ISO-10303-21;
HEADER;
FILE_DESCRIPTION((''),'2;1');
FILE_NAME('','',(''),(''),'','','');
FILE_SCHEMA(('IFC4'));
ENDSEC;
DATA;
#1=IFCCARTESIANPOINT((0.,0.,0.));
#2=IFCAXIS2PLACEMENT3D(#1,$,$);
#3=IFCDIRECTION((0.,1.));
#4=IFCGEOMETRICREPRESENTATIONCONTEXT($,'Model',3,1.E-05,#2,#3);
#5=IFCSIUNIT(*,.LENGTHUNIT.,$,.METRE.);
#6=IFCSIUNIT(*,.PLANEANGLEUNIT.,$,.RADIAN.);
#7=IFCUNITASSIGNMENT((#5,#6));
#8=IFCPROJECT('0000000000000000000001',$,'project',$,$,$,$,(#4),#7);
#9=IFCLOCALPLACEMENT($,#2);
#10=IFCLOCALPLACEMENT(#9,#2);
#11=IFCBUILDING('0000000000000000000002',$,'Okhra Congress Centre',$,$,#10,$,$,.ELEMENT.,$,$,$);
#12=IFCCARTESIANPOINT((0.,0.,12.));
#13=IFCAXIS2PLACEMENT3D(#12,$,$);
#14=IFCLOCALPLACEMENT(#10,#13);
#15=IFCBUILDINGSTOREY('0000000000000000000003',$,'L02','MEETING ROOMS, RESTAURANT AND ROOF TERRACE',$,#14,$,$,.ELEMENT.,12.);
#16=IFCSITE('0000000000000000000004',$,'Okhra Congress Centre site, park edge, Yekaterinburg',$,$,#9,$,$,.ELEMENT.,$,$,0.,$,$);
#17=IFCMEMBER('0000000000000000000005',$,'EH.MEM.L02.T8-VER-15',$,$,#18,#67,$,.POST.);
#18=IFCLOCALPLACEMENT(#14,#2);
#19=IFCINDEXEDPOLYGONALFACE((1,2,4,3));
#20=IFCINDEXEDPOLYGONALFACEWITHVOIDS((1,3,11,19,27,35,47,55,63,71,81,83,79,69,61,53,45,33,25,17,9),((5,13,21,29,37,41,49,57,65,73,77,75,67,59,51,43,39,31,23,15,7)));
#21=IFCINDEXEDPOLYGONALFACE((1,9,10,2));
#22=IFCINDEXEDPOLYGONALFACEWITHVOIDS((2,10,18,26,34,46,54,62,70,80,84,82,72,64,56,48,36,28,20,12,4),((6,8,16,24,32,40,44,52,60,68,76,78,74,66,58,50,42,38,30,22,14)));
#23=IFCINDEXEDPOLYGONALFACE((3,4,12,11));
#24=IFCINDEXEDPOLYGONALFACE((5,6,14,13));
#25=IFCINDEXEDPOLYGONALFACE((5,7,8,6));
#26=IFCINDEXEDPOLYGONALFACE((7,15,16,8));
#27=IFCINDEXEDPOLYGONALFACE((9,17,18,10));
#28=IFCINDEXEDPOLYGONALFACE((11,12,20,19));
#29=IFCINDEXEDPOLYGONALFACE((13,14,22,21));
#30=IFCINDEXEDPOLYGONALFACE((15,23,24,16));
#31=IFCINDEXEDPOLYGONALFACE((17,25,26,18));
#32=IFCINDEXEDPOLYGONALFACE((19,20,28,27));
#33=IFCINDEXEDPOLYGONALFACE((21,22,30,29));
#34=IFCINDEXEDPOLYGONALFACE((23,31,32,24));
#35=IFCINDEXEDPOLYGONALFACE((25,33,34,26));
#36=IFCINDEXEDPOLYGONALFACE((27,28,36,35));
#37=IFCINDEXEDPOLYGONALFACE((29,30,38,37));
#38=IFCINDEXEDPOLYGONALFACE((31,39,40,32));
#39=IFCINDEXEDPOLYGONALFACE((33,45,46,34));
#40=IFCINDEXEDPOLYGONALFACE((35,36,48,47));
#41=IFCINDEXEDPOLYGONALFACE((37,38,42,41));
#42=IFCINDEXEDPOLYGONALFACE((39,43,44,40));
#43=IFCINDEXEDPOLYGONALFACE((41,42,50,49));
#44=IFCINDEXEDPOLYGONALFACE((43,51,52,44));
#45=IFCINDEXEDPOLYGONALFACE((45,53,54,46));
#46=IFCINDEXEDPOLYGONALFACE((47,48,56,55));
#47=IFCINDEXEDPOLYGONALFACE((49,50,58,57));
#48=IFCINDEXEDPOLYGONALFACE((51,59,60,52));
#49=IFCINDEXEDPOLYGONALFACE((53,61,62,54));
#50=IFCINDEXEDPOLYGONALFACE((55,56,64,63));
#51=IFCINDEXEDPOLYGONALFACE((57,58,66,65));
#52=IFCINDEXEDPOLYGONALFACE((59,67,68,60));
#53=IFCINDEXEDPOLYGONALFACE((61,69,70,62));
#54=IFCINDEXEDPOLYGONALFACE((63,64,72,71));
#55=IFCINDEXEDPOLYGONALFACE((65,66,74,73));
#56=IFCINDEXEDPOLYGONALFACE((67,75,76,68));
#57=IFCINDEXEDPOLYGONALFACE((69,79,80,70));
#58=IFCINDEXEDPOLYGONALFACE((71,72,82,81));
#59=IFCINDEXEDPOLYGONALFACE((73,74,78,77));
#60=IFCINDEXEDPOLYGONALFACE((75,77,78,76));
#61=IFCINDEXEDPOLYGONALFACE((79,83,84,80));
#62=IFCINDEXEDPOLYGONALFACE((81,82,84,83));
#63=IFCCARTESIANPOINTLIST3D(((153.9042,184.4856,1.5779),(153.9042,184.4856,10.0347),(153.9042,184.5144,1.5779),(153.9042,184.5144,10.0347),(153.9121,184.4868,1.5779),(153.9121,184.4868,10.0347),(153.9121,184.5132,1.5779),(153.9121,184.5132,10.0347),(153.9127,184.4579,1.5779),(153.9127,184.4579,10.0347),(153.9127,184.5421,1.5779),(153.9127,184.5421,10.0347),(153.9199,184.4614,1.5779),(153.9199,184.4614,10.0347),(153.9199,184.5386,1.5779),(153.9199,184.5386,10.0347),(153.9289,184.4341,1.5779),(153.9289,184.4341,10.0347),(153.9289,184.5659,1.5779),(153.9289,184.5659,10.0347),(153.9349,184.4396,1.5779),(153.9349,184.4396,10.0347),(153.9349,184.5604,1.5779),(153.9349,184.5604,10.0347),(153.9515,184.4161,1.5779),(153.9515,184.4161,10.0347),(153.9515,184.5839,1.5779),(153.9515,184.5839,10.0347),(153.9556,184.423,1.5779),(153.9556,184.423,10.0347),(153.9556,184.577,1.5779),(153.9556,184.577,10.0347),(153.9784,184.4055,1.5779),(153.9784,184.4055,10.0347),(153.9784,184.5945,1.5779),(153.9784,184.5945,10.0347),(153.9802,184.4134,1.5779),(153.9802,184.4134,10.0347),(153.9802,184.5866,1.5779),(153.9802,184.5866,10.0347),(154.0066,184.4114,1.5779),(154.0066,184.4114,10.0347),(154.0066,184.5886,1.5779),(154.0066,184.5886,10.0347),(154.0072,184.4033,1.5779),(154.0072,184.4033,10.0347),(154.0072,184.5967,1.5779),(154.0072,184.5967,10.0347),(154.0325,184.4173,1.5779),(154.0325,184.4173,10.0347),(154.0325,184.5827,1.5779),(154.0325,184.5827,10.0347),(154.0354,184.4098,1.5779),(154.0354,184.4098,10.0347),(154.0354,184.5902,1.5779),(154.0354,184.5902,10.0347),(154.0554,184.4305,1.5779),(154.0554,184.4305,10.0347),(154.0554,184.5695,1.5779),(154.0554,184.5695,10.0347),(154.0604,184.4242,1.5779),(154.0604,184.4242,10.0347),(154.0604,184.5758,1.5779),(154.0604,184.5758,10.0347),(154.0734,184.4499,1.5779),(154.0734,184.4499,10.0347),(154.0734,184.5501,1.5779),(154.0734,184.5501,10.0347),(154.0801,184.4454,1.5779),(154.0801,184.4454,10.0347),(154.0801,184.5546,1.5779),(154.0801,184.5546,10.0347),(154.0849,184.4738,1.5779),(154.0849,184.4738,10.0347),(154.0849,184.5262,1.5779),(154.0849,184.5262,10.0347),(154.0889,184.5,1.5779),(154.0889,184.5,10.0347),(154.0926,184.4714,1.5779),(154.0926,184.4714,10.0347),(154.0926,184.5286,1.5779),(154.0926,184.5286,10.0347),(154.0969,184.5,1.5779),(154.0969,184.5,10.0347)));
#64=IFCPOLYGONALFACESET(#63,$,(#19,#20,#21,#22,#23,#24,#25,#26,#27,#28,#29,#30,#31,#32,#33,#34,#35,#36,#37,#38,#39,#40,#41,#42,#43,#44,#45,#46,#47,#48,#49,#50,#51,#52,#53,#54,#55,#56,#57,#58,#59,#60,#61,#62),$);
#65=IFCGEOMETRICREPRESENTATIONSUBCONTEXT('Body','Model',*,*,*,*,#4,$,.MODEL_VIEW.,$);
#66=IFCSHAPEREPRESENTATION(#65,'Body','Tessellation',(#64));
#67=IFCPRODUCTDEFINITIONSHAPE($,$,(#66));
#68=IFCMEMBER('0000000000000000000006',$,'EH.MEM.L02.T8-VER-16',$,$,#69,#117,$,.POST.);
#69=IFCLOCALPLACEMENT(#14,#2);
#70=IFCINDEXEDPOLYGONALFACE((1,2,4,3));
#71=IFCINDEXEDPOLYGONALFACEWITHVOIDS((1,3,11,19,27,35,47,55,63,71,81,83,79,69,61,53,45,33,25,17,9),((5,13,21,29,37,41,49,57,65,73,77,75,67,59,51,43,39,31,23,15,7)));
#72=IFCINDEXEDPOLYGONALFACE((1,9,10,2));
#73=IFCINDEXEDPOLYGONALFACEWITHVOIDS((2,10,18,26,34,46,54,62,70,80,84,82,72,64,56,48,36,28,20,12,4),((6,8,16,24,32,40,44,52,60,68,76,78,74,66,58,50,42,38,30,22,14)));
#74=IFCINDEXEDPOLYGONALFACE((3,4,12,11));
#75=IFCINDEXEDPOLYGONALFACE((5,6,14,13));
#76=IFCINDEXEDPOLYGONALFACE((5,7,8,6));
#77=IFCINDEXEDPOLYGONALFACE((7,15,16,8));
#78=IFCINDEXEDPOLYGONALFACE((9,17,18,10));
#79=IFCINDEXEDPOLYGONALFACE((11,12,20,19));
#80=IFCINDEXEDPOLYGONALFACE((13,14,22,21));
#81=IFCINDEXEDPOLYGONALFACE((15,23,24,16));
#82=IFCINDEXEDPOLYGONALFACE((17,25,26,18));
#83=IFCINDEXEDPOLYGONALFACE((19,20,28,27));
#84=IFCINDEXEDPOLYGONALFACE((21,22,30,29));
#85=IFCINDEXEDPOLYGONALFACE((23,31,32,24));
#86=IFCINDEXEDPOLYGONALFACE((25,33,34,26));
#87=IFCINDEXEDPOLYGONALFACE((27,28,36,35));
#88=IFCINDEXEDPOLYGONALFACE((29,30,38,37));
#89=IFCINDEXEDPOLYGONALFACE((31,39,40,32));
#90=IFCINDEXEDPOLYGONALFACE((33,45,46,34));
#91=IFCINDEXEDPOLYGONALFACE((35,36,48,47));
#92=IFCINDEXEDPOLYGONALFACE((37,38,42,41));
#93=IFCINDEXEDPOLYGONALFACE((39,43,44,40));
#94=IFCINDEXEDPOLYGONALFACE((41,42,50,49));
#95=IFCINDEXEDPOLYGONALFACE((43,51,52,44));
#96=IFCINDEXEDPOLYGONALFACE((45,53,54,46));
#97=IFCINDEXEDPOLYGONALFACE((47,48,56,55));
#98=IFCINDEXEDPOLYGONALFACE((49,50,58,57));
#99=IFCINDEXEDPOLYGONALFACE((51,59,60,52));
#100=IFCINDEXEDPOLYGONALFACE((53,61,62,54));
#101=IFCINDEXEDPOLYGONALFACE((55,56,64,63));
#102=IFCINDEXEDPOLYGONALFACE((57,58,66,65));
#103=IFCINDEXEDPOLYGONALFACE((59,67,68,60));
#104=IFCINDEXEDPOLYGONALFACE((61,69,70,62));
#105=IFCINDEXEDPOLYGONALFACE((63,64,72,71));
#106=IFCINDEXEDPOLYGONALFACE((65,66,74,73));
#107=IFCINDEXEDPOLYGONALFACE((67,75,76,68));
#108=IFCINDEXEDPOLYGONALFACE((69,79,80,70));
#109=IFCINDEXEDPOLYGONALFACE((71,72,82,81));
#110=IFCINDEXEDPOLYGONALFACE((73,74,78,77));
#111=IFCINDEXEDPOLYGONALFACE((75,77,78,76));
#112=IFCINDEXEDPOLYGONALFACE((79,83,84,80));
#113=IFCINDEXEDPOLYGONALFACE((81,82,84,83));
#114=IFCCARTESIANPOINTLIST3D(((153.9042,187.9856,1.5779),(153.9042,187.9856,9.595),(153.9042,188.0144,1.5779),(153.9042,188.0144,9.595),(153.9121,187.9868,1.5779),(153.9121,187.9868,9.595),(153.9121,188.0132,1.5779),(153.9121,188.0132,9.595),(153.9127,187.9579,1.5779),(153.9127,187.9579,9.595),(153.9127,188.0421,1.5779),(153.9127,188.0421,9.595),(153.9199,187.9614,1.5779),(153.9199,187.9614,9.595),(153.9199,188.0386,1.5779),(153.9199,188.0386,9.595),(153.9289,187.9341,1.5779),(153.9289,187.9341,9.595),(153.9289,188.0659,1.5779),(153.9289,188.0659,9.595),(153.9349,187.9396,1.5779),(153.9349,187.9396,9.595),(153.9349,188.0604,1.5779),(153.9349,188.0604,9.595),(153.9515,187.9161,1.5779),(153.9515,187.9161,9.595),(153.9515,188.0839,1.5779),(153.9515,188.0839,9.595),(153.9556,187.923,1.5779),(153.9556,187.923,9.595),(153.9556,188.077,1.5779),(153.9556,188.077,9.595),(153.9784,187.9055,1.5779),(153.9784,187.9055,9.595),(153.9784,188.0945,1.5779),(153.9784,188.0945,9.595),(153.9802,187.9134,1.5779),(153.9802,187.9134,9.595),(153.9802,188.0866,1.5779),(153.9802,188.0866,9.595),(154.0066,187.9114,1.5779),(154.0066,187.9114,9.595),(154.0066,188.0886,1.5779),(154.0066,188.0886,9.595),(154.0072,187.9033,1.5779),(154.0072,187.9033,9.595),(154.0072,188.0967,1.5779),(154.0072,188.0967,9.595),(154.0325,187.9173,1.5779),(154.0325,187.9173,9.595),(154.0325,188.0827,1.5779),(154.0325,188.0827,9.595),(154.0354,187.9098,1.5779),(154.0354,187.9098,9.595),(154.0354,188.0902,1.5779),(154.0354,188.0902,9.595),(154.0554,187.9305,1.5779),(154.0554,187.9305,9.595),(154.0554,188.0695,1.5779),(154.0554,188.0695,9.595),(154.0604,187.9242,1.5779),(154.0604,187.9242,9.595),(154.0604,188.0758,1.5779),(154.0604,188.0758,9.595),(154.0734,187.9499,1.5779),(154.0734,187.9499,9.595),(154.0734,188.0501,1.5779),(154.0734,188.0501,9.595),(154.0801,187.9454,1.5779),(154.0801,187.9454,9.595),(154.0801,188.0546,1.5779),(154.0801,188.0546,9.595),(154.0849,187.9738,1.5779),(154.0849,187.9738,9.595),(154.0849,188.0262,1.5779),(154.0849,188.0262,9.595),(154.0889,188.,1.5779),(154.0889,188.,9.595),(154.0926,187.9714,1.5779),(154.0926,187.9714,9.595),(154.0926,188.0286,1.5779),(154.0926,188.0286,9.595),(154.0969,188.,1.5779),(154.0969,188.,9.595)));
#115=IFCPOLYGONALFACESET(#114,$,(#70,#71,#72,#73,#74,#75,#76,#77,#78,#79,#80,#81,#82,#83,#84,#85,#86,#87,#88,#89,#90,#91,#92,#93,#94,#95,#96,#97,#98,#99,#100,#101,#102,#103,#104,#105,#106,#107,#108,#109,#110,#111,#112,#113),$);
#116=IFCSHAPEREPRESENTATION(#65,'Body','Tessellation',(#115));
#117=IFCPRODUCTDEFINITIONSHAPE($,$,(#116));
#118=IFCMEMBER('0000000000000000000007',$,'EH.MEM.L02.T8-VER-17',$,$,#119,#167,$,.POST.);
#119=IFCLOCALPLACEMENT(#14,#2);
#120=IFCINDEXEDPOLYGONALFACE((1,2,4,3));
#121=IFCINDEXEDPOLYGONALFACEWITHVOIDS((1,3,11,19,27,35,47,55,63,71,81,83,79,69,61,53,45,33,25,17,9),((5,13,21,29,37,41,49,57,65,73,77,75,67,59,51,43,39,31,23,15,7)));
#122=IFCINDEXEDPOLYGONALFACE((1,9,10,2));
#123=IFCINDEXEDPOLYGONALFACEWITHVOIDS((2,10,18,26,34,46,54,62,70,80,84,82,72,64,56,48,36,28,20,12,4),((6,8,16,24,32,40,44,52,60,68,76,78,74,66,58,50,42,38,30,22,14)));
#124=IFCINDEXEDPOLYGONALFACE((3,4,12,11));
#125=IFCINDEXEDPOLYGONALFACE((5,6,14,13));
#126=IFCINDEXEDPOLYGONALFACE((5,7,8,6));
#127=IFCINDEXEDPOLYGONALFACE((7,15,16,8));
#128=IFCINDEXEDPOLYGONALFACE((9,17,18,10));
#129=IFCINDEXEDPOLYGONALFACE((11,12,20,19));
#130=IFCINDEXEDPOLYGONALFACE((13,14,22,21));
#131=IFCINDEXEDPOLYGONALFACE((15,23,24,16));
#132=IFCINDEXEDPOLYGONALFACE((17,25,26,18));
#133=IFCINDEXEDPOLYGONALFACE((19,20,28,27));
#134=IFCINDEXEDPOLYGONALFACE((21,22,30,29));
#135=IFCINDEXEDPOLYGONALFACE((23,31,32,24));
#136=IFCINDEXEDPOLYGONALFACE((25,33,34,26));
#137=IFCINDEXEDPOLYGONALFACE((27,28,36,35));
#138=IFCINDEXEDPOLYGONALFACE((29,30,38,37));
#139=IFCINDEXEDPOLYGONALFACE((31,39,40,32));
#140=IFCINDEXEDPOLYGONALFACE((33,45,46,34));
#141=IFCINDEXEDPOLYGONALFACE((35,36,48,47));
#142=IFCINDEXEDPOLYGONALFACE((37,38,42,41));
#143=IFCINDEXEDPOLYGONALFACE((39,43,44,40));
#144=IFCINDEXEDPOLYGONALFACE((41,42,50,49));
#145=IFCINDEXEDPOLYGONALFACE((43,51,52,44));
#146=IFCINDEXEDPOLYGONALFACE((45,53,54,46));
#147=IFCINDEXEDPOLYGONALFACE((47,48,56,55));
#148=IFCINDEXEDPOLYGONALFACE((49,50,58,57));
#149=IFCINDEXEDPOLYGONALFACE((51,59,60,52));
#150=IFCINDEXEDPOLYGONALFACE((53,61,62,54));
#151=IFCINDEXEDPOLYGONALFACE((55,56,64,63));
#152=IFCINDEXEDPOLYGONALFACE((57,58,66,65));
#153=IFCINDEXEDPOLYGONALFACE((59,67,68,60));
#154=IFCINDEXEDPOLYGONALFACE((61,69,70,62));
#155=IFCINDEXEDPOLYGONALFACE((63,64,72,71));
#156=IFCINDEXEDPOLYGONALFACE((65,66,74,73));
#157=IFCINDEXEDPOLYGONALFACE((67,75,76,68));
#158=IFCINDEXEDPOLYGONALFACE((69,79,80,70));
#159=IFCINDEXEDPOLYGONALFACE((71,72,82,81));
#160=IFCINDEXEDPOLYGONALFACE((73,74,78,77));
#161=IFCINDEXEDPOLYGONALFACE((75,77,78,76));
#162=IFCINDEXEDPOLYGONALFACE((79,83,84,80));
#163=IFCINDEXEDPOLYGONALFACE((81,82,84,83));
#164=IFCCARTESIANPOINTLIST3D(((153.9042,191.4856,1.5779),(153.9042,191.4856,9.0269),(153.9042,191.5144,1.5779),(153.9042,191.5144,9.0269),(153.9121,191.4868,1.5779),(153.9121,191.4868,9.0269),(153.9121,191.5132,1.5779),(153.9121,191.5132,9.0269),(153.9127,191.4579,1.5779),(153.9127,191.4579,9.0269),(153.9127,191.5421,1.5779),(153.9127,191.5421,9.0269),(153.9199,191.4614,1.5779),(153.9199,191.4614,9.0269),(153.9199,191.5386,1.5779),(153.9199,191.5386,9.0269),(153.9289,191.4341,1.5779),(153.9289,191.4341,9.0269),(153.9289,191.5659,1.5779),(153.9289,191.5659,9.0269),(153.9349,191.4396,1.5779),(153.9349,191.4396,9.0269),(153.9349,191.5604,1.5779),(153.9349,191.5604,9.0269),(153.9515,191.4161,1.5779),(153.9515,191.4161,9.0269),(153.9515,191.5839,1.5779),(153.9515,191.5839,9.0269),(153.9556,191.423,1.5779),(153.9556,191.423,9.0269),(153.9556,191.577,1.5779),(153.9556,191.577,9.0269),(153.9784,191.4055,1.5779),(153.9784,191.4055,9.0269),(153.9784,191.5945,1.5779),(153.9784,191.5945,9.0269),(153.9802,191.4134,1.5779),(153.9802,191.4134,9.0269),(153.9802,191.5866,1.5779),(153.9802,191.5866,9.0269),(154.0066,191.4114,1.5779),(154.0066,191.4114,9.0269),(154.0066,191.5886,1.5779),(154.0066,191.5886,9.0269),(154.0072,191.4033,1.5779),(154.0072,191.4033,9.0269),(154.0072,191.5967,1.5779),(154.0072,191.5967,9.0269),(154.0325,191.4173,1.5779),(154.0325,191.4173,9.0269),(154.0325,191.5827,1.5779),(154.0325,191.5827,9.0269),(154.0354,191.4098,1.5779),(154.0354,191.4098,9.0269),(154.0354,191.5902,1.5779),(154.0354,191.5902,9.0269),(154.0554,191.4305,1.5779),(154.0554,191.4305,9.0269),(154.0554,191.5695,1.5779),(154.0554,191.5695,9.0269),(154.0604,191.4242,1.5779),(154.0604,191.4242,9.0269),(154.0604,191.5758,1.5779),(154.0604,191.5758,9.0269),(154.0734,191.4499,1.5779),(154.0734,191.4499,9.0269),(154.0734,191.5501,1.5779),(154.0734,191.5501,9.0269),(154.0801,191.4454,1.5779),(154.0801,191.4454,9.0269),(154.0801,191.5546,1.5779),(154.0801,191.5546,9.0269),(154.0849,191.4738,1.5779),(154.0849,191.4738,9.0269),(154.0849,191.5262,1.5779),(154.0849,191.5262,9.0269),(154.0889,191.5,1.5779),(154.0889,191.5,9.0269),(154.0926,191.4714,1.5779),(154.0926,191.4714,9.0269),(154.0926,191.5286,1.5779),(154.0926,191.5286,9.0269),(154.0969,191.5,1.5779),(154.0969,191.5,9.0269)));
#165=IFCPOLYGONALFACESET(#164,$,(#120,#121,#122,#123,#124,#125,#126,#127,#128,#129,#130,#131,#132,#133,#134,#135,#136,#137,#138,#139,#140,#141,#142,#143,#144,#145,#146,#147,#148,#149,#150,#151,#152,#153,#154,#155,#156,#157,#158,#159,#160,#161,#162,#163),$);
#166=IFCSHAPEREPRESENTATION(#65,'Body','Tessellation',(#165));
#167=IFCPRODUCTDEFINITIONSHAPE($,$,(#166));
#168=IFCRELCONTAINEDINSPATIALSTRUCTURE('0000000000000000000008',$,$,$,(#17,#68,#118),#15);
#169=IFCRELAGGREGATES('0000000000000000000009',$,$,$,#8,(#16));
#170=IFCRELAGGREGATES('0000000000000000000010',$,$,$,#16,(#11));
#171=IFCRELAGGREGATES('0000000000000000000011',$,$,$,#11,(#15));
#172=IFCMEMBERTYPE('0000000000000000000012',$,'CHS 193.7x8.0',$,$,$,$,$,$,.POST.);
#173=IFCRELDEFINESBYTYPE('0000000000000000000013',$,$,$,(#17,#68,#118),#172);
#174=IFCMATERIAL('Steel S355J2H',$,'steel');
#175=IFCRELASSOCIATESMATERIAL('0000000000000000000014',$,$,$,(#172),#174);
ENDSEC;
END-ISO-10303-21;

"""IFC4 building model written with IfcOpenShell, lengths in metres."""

from ifc_helpers import new_model, si_unit, direction, frame, origin, origin_2d, place, context, subcontext, project, spatial, hollow_circle, extrude, material, material_profile, profile_set, type_object, element, save


model = new_model("IFC4")

# Units and contexts
model_context = context("Model", 3, precision=1e-05, world=origin(), true_north=direction((0.0, 1.0)))
body_context = subcontext(model_context, "Body", "Model", "MODEL_VIEW")
ifc_project = project(units=[si_unit("LENGTHUNIT", "METRE"), si_unit("PLANEANGLEUNIT", "RADIAN")], contexts=[model_context])

# Site, building, storey
site_placement = place(None, origin())
site = spatial("IfcSite", under=ifc_project, at=site_placement, Name="Okhra Congress Centre site, park edge, Yekaterinburg", CompositionType="ELEMENT", RefElevation=0.0)
building_placement = place(site_placement, origin())
building = spatial("IfcBuilding", under=site, at=building_placement, Name="Okhra Congress Centre", CompositionType="ELEMENT")
storey_placement = place(building_placement, frame((0.0, 0.0, 12.0)))
storey = spatial("IfcBuildingStorey", under=building, at=storey_placement, Name="L02", Description="MEETING ROOMS, RESTAURANT AND ROOF TERRACE", CompositionType="ELEMENT", Elevation=12.0)

# Members
ifc_material_1 = material(Name="Steel S355J2H", Category="steel")
ifc_material_profile_1 = material_profile(ifc_material_1, hollow_circle(Radius=0.0969, WallThickness=0.0081, at=origin_2d()), Name="CHS 193.7x8.0")
ifc_profile_set_1 = profile_set([ifc_material_profile_1], Name="Steel S355J2H")
member_type_1 = type_object("IfcMemberType", Name="CHS 193.7x8.0", PredefinedType="POST", material=ifc_profile_set_1)
member_1_placement = place(storey_placement, frame((154.0, 184.5, 1.5779), z_axis=(0.0, 0.0, 1.0), x_axis=(1.0, 0.0, 0.0)))
element("IfcMember", 1, at=member_1_placement, inside=storey, type_object=member_type_1, Name="EH.MEM.L02.T8-VER-15", PredefinedType="POST", context=body_context, shape_type="SweptSolid", body=[
    extrude(hollow_circle(Radius=0.0969, WallThickness=0.0081, at=origin_2d()), origin(), (0.0, 0.0, 1.0), 8.4568),
])
member_2_placement = place(storey_placement, frame((154.0, 188.0, 1.5779), z_axis=(0.0, 0.0, 1.0), x_axis=(1.0, 0.0, 0.0)))
element("IfcMember", 2, at=member_2_placement, inside=storey, type_object=member_type_1, Name="EH.MEM.L02.T8-VER-16", PredefinedType="POST", context=body_context, shape_type="SweptSolid", body=[
    extrude(hollow_circle(Radius=0.0969, WallThickness=0.0081, at=origin_2d()), origin(), (0.0, 0.0, 1.0), 8.0171),
])
member_3_placement = place(storey_placement, frame((154.0, 191.5, 1.5779), z_axis=(0.0, 0.0, 1.0), x_axis=(1.0, 0.0, 0.0)))
element("IfcMember", 3, at=member_3_placement, inside=storey, type_object=member_type_1, Name="EH.MEM.L02.T8-VER-17", PredefinedType="POST", context=body_context, shape_type="SweptSolid", body=[
    extrude(hollow_circle(Radius=0.0969, WallThickness=0.0081, at=origin_2d()), origin(), (0.0, 0.0, 1.0), 7.449),
])

save(model, "model.ifc")
